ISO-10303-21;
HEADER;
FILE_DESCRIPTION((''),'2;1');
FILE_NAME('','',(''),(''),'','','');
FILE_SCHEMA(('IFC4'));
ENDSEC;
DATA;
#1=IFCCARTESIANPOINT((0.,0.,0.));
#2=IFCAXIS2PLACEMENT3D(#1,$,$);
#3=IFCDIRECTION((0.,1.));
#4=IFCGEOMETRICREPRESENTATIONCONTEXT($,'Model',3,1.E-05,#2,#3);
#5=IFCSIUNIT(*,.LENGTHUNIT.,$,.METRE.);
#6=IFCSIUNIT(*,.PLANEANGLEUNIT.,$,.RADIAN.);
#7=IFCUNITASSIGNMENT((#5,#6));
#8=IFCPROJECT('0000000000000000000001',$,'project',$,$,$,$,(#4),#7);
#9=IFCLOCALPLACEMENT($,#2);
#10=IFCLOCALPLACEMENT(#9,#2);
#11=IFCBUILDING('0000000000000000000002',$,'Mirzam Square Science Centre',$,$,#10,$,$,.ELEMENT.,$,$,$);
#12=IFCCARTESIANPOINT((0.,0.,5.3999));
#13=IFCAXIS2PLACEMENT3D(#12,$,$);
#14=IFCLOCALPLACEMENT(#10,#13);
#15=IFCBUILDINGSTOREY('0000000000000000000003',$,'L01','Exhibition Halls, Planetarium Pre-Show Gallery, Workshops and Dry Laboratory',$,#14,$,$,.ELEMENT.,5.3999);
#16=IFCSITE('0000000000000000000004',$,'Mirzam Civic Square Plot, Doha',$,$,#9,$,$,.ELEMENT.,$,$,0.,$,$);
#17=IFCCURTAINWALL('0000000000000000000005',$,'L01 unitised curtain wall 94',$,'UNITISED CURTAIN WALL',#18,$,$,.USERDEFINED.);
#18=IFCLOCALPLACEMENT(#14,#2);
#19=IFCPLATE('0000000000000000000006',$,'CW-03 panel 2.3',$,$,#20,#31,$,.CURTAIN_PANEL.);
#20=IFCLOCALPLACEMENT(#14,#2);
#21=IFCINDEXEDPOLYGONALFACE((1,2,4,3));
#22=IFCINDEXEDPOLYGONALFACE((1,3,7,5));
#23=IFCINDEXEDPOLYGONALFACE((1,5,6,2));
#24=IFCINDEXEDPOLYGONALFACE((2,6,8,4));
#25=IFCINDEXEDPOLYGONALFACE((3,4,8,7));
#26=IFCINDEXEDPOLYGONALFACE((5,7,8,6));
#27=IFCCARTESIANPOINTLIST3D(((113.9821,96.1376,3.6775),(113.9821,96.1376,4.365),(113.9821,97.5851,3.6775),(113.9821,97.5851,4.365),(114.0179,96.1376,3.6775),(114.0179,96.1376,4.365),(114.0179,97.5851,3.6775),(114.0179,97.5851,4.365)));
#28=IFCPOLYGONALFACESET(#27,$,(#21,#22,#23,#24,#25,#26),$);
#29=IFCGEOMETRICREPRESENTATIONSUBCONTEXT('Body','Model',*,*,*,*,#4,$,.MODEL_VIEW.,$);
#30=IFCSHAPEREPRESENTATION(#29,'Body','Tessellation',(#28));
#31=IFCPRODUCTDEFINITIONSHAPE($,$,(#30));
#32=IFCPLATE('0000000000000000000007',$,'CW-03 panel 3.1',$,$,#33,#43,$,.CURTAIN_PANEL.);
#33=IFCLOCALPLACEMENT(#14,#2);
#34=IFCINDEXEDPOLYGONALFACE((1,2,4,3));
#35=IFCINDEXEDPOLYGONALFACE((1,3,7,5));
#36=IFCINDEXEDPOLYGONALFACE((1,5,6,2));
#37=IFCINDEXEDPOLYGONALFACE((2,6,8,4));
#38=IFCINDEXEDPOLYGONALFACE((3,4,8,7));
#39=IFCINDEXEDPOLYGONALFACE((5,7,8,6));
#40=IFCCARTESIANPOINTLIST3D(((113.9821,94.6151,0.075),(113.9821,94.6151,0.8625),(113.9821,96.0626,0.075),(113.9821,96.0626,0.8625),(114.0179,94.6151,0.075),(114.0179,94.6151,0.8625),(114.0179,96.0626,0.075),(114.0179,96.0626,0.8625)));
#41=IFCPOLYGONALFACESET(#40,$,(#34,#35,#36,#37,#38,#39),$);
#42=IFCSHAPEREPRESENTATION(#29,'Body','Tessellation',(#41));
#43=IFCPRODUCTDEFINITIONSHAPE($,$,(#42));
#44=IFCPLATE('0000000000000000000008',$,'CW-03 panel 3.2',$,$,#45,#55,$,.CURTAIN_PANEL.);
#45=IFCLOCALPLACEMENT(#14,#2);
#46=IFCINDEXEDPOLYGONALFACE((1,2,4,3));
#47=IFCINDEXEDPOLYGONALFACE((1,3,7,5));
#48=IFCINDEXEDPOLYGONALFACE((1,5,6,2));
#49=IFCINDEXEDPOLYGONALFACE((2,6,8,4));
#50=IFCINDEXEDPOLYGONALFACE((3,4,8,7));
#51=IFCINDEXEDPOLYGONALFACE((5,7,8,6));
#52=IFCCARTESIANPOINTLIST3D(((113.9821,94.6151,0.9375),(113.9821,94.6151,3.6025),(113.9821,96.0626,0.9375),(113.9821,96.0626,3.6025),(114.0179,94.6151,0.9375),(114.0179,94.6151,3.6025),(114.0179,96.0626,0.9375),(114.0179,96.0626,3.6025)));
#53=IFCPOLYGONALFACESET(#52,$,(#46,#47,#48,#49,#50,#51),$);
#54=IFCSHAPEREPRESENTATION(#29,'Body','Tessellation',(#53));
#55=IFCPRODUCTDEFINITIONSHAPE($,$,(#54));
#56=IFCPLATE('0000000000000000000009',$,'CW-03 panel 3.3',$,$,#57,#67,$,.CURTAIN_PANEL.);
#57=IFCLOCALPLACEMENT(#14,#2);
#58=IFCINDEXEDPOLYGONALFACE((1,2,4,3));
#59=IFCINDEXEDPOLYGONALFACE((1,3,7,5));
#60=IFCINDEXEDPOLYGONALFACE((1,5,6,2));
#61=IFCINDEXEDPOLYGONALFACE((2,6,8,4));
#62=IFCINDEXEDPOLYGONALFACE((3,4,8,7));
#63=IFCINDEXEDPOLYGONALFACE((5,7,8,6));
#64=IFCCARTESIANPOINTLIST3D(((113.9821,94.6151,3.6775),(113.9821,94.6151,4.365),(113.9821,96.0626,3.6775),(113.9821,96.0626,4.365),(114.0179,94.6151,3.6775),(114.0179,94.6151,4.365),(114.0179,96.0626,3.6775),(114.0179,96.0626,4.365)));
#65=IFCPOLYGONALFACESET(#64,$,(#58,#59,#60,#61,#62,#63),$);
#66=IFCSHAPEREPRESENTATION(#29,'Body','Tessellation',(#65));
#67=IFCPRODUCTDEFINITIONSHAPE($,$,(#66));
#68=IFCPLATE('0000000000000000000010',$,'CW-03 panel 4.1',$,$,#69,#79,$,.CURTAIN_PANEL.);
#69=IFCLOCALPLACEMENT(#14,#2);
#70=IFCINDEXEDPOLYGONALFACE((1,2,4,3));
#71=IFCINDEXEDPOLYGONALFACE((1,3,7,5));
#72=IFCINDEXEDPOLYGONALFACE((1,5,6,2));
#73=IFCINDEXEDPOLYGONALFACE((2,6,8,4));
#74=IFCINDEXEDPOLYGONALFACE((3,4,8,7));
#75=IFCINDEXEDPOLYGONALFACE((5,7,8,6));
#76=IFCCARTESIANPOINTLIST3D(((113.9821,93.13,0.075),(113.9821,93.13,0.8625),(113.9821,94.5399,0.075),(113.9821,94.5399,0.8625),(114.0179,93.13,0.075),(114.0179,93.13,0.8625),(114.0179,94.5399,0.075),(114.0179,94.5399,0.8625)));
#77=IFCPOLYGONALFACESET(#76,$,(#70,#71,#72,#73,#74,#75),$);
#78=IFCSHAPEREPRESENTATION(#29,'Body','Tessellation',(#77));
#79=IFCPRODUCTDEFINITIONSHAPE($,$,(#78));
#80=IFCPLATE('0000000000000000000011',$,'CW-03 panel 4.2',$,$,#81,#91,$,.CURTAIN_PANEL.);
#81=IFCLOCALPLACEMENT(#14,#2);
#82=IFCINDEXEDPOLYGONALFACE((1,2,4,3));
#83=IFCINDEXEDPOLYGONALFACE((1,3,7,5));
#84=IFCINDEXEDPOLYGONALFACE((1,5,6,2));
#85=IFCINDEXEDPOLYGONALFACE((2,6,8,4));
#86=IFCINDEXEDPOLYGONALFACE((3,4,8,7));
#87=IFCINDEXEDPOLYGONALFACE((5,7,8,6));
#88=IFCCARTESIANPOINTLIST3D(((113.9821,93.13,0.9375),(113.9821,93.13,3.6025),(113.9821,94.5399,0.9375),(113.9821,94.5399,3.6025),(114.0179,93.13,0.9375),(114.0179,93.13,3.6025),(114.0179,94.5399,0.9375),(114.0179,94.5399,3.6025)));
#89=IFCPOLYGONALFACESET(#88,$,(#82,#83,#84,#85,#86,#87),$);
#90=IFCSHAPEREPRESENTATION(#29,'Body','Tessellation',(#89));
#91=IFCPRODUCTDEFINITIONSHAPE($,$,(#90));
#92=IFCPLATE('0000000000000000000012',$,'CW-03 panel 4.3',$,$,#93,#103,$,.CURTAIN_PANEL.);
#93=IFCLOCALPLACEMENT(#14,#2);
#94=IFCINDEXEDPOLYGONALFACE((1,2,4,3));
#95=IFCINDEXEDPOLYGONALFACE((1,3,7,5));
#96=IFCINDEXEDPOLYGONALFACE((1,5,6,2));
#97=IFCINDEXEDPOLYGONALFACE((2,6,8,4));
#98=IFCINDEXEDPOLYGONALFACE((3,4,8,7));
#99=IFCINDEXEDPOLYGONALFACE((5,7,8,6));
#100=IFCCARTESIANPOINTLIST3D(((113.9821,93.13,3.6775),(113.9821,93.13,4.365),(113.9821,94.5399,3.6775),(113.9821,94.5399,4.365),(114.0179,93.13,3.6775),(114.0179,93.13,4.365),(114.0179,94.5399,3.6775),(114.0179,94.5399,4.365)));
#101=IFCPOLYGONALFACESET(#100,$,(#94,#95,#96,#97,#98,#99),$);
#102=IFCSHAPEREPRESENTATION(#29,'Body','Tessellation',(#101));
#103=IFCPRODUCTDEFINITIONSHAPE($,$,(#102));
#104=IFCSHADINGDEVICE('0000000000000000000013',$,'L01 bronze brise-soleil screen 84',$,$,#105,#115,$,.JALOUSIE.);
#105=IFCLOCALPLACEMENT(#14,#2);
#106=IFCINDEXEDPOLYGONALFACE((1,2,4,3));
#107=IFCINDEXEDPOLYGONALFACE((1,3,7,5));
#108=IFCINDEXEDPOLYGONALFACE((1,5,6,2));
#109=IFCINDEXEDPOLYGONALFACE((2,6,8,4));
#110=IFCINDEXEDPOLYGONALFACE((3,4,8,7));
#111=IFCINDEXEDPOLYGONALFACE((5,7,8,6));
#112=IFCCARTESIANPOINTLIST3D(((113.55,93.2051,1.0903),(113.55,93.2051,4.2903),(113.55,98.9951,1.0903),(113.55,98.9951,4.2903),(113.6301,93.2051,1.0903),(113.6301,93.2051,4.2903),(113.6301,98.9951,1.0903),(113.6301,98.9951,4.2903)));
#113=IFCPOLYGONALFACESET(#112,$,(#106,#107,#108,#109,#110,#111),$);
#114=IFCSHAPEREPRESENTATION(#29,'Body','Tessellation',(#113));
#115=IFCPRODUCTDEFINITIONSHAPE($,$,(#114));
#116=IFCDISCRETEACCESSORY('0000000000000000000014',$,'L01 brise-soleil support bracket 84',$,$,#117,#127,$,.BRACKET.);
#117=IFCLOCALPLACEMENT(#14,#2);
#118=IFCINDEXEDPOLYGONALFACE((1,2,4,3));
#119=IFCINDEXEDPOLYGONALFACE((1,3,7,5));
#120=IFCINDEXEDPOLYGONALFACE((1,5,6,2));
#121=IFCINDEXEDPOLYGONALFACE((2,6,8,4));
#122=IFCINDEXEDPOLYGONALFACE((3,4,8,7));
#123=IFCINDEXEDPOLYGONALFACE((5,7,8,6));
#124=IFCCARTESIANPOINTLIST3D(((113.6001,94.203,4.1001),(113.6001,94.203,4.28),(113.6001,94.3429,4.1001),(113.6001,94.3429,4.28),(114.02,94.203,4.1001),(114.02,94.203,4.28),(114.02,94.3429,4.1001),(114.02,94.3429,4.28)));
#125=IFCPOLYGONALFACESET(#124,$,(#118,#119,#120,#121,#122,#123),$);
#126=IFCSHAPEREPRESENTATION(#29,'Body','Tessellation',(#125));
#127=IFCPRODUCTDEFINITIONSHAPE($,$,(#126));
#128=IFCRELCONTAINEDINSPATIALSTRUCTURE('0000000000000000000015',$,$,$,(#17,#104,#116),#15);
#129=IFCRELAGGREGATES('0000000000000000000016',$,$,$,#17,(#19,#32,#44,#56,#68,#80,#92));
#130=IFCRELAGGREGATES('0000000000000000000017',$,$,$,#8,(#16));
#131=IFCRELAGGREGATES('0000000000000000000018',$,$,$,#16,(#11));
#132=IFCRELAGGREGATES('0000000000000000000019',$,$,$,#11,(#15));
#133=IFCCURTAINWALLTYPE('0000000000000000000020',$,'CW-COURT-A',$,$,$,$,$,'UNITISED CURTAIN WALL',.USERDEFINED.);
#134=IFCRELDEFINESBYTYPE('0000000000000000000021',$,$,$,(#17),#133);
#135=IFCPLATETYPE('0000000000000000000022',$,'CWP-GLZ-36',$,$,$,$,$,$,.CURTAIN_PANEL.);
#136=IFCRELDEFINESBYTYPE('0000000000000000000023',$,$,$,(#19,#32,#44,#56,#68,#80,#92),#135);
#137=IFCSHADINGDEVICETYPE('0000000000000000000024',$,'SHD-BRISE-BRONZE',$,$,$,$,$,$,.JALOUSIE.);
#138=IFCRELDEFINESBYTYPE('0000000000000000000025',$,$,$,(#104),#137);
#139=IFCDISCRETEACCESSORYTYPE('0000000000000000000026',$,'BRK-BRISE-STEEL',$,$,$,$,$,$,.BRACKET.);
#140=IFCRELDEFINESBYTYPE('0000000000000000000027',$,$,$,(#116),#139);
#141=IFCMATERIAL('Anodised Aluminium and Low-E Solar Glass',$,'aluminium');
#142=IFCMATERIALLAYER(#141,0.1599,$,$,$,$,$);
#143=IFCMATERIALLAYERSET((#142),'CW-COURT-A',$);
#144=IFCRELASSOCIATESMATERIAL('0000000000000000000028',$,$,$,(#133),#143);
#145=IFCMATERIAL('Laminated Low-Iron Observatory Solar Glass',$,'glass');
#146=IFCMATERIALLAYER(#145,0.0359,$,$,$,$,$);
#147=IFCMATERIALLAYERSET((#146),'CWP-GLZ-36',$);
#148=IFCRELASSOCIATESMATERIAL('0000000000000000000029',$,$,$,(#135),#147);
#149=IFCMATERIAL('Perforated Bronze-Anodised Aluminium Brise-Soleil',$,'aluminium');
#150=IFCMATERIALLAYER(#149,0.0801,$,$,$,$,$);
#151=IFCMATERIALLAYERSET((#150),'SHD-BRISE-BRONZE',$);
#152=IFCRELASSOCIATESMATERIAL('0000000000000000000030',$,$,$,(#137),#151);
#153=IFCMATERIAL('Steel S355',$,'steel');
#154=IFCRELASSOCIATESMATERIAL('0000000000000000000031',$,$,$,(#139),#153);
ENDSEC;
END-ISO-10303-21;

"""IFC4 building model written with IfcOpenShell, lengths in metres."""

from ifc_helpers import new_model, si_unit, direction, frame, origin, origin_2d, place, context, subcontext, project, spatial, rectangle, extrude, material, layer, layer_set, type_object, element, aggregate, save


model = new_model("IFC4")

# Units and contexts
model_context = context("Model", 3, precision=1e-05, world=origin(), true_north=direction((0.0, 1.0)))
body_context = subcontext(model_context, "Body", "Model", "MODEL_VIEW")
ifc_project = project(units=[si_unit("LENGTHUNIT", "METRE"), si_unit("PLANEANGLEUNIT", "RADIAN")], contexts=[model_context])

# Site, building, storey
site_placement = place(None, origin())
site = spatial("IfcSite", under=ifc_project, at=site_placement, Name="Mirzam Civic Square Plot, Doha", CompositionType="ELEMENT", RefElevation=0.0)
building_placement = place(site_placement, origin())
building = spatial("IfcBuilding", under=site, at=building_placement, Name="Mirzam Square Science Centre", CompositionType="ELEMENT")
storey_placement = place(building_placement, frame((0.0, 0.0, 5.3999)))
storey = spatial("IfcBuildingStorey", under=building, at=storey_placement, Name="L01", Description="Exhibition Halls, Planetarium Pre-Show Gallery, Workshops and Dry Laboratory", CompositionType="ELEMENT", Elevation=5.3999)

# Curtain wall, plates
ifc_material_1 = material(Name="Anodised Aluminium and Low-E Solar Glass", Category="aluminium")
ifc_layer_1 = layer(ifc_material_1, 0.1599)
ifc_layer_set_1 = layer_set([ifc_layer_1], Name="CW-COURT-A")
curtain_wall_type = type_object("IfcCurtainWallType", Name="CW-COURT-A", ElementType="UNITISED CURTAIN WALL", PredefinedType="USERDEFINED", material=ifc_layer_set_1)
curtain_wall_placement = place(storey_placement, origin())
curtain_wall = element("IfcCurtainWall", 1, at=curtain_wall_placement, inside=storey, type_object=curtain_wall_type, Name="L01 unitised curtain wall 94", ObjectType="UNITISED CURTAIN WALL", PredefinedType="USERDEFINED")
ifc_material_2 = material(Name="Laminated Low-Iron Observatory Solar Glass", Category="glass")
ifc_layer_2 = layer(ifc_material_2, 0.0359)
ifc_layer_set_2 = layer_set([ifc_layer_2], Name="CWP-GLZ-36")
plate_type = type_object("IfcPlateType", Name="CWP-GLZ-36", PredefinedType="CURTAIN_PANEL", material=ifc_layer_set_2)
plate_1_placement = place(storey_placement, frame((114.0, 96.8613, 3.6775), z_axis=(0.0, 0.0, 1.0), x_axis=(0.0, -1.0, 0.0)))
plate_1 = element("IfcPlate", 2, at=plate_1_placement, type_object=plate_type, Name="CW-03 panel 2.3", PredefinedType="CURTAIN_PANEL", context=body_context, shape_type="SweptSolid", body=[
    extrude(rectangle(XDim=1.4475, YDim=0.0359, at=origin_2d()), origin(), (0.0, 0.0, 1.0), 0.6875),
])
plate_2_placement = place(storey_placement, frame((114.0, 95.3389, 0.075), z_axis=(0.0, 0.0, 1.0), x_axis=(0.0, -1.0, 0.0)))
plate_2 = element("IfcPlate", 3, at=plate_2_placement, type_object=plate_type, Name="CW-03 panel 3.1", PredefinedType="CURTAIN_PANEL", context=body_context, shape_type="SweptSolid", body=[
    extrude(rectangle(XDim=1.4475, YDim=0.0359, at=origin_2d()), origin(), (0.0, 0.0, 1.0), 0.7876),
])
plate_3_placement = place(storey_placement, frame((114.0, 95.3389, 0.9375), z_axis=(0.0, 0.0, 1.0), x_axis=(0.0, -1.0, 0.0)))
plate_3 = element("IfcPlate", 4, at=plate_3_placement, type_object=plate_type, Name="CW-03 panel 3.2", PredefinedType="CURTAIN_PANEL", context=body_context, shape_type="SweptSolid", body=[
    extrude(rectangle(XDim=1.4475, YDim=0.0359, at=origin_2d()), origin(), (0.0, 0.0, 1.0), 2.665),
])
plate_4_placement = place(storey_placement, frame((114.0, 95.3389, 3.6775), z_axis=(0.0, 0.0, 1.0), x_axis=(0.0, -1.0, 0.0)))
plate_4 = element("IfcPlate", 5, at=plate_4_placement, type_object=plate_type, Name="CW-03 panel 3.3", PredefinedType="CURTAIN_PANEL", context=body_context, shape_type="SweptSolid", body=[
    extrude(rectangle(XDim=1.4475, YDim=0.0359, at=origin_2d()), origin(), (0.0, 0.0, 1.0), 0.6875),
])
plate_5_placement = place(storey_placement, frame((114.0, 93.835, 0.075), z_axis=(0.0, 0.0, 1.0), x_axis=(0.0, -1.0, 0.0)))
plate_5 = element("IfcPlate", 6, at=plate_5_placement, type_object=plate_type, Name="CW-03 panel 4.1", PredefinedType="CURTAIN_PANEL", context=body_context, shape_type="SweptSolid", body=[
    extrude(rectangle(XDim=1.4099, YDim=0.0359, at=origin_2d()), origin(), (0.0, 0.0, 1.0), 0.7876),
])
plate_6_placement = place(storey_placement, frame((114.0, 93.835, 0.9375), z_axis=(0.0, 0.0, 1.0), x_axis=(0.0, -1.0, 0.0)))
plate_6 = element("IfcPlate", 7, at=plate_6_placement, type_object=plate_type, Name="CW-03 panel 4.2", PredefinedType="CURTAIN_PANEL", context=body_context, shape_type="SweptSolid", body=[
    extrude(rectangle(XDim=1.4099, YDim=0.0359, at=origin_2d()), origin(), (0.0, 0.0, 1.0), 2.665),
])
plate_7_placement = place(storey_placement, frame((114.0, 93.835, 3.6775), z_axis=(0.0, 0.0, 1.0), x_axis=(0.0, -1.0, 0.0)))
plate_7 = element("IfcPlate", 8, at=plate_7_placement, type_object=plate_type, Name="CW-03 panel 4.3", PredefinedType="CURTAIN_PANEL", context=body_context, shape_type="SweptSolid", body=[
    extrude(rectangle(XDim=1.4099, YDim=0.0359, at=origin_2d()), origin(), (0.0, 0.0, 1.0), 0.6875),
])
aggregate(curtain_wall, [plate_1, plate_2, plate_3, plate_4, plate_5, plate_6, plate_7])

# Shading device
ifc_material_3 = material(Name="Perforated Bronze-Anodised Aluminium Brise-Soleil", Category="aluminium")
ifc_layer_3 = layer(ifc_material_3, 0.0801)
ifc_layer_set_3 = layer_set([ifc_layer_3], Name="SHD-BRISE-BRONZE")
shading_device_type = type_object("IfcShadingDeviceType", Name="SHD-BRISE-BRONZE", PredefinedType="JALOUSIE", material=ifc_layer_set_3)
shading_device_placement = place(storey_placement, frame((113.5901, 96.1001, 1.0903), z_axis=(0.0, 0.0, 1.0), x_axis=(0.0, -1.0, 0.0)))
element("IfcShadingDevice", 9, at=shading_device_placement, inside=storey, type_object=shading_device_type, Name="L01 bronze brise-soleil screen 84", PredefinedType="JALOUSIE", context=body_context, shape_type="SweptSolid", body=[
    extrude(rectangle(XDim=5.79, YDim=0.0801, at=origin_2d()), origin(), (0.0, 0.0, 1.0), 3.2),
])

# Discrete accessory
ifc_material_4 = material(Name="Steel S355", Category="steel")
discrete_accessory_type = type_object("IfcDiscreteAccessoryType", Name="BRK-BRISE-STEEL", PredefinedType="BRACKET", material=ifc_material_4)
discrete_accessory_placement = place(storey_placement, frame((113.8101, 94.2729, 4.1001), z_axis=(0.0, 0.0, 1.0), x_axis=(0.0, -1.0, 0.0)))
element("IfcDiscreteAccessory", 10, at=discrete_accessory_placement, inside=storey, type_object=discrete_accessory_type, Name="L01 brise-soleil support bracket 84", PredefinedType="BRACKET", context=body_context, shape_type="SweptSolid", body=[
    extrude(rectangle(XDim=0.1399, YDim=0.4199, at=origin_2d()), origin(), (0.0, 0.0, 1.0), 0.1799),
])

save(model, "model.ifc")
